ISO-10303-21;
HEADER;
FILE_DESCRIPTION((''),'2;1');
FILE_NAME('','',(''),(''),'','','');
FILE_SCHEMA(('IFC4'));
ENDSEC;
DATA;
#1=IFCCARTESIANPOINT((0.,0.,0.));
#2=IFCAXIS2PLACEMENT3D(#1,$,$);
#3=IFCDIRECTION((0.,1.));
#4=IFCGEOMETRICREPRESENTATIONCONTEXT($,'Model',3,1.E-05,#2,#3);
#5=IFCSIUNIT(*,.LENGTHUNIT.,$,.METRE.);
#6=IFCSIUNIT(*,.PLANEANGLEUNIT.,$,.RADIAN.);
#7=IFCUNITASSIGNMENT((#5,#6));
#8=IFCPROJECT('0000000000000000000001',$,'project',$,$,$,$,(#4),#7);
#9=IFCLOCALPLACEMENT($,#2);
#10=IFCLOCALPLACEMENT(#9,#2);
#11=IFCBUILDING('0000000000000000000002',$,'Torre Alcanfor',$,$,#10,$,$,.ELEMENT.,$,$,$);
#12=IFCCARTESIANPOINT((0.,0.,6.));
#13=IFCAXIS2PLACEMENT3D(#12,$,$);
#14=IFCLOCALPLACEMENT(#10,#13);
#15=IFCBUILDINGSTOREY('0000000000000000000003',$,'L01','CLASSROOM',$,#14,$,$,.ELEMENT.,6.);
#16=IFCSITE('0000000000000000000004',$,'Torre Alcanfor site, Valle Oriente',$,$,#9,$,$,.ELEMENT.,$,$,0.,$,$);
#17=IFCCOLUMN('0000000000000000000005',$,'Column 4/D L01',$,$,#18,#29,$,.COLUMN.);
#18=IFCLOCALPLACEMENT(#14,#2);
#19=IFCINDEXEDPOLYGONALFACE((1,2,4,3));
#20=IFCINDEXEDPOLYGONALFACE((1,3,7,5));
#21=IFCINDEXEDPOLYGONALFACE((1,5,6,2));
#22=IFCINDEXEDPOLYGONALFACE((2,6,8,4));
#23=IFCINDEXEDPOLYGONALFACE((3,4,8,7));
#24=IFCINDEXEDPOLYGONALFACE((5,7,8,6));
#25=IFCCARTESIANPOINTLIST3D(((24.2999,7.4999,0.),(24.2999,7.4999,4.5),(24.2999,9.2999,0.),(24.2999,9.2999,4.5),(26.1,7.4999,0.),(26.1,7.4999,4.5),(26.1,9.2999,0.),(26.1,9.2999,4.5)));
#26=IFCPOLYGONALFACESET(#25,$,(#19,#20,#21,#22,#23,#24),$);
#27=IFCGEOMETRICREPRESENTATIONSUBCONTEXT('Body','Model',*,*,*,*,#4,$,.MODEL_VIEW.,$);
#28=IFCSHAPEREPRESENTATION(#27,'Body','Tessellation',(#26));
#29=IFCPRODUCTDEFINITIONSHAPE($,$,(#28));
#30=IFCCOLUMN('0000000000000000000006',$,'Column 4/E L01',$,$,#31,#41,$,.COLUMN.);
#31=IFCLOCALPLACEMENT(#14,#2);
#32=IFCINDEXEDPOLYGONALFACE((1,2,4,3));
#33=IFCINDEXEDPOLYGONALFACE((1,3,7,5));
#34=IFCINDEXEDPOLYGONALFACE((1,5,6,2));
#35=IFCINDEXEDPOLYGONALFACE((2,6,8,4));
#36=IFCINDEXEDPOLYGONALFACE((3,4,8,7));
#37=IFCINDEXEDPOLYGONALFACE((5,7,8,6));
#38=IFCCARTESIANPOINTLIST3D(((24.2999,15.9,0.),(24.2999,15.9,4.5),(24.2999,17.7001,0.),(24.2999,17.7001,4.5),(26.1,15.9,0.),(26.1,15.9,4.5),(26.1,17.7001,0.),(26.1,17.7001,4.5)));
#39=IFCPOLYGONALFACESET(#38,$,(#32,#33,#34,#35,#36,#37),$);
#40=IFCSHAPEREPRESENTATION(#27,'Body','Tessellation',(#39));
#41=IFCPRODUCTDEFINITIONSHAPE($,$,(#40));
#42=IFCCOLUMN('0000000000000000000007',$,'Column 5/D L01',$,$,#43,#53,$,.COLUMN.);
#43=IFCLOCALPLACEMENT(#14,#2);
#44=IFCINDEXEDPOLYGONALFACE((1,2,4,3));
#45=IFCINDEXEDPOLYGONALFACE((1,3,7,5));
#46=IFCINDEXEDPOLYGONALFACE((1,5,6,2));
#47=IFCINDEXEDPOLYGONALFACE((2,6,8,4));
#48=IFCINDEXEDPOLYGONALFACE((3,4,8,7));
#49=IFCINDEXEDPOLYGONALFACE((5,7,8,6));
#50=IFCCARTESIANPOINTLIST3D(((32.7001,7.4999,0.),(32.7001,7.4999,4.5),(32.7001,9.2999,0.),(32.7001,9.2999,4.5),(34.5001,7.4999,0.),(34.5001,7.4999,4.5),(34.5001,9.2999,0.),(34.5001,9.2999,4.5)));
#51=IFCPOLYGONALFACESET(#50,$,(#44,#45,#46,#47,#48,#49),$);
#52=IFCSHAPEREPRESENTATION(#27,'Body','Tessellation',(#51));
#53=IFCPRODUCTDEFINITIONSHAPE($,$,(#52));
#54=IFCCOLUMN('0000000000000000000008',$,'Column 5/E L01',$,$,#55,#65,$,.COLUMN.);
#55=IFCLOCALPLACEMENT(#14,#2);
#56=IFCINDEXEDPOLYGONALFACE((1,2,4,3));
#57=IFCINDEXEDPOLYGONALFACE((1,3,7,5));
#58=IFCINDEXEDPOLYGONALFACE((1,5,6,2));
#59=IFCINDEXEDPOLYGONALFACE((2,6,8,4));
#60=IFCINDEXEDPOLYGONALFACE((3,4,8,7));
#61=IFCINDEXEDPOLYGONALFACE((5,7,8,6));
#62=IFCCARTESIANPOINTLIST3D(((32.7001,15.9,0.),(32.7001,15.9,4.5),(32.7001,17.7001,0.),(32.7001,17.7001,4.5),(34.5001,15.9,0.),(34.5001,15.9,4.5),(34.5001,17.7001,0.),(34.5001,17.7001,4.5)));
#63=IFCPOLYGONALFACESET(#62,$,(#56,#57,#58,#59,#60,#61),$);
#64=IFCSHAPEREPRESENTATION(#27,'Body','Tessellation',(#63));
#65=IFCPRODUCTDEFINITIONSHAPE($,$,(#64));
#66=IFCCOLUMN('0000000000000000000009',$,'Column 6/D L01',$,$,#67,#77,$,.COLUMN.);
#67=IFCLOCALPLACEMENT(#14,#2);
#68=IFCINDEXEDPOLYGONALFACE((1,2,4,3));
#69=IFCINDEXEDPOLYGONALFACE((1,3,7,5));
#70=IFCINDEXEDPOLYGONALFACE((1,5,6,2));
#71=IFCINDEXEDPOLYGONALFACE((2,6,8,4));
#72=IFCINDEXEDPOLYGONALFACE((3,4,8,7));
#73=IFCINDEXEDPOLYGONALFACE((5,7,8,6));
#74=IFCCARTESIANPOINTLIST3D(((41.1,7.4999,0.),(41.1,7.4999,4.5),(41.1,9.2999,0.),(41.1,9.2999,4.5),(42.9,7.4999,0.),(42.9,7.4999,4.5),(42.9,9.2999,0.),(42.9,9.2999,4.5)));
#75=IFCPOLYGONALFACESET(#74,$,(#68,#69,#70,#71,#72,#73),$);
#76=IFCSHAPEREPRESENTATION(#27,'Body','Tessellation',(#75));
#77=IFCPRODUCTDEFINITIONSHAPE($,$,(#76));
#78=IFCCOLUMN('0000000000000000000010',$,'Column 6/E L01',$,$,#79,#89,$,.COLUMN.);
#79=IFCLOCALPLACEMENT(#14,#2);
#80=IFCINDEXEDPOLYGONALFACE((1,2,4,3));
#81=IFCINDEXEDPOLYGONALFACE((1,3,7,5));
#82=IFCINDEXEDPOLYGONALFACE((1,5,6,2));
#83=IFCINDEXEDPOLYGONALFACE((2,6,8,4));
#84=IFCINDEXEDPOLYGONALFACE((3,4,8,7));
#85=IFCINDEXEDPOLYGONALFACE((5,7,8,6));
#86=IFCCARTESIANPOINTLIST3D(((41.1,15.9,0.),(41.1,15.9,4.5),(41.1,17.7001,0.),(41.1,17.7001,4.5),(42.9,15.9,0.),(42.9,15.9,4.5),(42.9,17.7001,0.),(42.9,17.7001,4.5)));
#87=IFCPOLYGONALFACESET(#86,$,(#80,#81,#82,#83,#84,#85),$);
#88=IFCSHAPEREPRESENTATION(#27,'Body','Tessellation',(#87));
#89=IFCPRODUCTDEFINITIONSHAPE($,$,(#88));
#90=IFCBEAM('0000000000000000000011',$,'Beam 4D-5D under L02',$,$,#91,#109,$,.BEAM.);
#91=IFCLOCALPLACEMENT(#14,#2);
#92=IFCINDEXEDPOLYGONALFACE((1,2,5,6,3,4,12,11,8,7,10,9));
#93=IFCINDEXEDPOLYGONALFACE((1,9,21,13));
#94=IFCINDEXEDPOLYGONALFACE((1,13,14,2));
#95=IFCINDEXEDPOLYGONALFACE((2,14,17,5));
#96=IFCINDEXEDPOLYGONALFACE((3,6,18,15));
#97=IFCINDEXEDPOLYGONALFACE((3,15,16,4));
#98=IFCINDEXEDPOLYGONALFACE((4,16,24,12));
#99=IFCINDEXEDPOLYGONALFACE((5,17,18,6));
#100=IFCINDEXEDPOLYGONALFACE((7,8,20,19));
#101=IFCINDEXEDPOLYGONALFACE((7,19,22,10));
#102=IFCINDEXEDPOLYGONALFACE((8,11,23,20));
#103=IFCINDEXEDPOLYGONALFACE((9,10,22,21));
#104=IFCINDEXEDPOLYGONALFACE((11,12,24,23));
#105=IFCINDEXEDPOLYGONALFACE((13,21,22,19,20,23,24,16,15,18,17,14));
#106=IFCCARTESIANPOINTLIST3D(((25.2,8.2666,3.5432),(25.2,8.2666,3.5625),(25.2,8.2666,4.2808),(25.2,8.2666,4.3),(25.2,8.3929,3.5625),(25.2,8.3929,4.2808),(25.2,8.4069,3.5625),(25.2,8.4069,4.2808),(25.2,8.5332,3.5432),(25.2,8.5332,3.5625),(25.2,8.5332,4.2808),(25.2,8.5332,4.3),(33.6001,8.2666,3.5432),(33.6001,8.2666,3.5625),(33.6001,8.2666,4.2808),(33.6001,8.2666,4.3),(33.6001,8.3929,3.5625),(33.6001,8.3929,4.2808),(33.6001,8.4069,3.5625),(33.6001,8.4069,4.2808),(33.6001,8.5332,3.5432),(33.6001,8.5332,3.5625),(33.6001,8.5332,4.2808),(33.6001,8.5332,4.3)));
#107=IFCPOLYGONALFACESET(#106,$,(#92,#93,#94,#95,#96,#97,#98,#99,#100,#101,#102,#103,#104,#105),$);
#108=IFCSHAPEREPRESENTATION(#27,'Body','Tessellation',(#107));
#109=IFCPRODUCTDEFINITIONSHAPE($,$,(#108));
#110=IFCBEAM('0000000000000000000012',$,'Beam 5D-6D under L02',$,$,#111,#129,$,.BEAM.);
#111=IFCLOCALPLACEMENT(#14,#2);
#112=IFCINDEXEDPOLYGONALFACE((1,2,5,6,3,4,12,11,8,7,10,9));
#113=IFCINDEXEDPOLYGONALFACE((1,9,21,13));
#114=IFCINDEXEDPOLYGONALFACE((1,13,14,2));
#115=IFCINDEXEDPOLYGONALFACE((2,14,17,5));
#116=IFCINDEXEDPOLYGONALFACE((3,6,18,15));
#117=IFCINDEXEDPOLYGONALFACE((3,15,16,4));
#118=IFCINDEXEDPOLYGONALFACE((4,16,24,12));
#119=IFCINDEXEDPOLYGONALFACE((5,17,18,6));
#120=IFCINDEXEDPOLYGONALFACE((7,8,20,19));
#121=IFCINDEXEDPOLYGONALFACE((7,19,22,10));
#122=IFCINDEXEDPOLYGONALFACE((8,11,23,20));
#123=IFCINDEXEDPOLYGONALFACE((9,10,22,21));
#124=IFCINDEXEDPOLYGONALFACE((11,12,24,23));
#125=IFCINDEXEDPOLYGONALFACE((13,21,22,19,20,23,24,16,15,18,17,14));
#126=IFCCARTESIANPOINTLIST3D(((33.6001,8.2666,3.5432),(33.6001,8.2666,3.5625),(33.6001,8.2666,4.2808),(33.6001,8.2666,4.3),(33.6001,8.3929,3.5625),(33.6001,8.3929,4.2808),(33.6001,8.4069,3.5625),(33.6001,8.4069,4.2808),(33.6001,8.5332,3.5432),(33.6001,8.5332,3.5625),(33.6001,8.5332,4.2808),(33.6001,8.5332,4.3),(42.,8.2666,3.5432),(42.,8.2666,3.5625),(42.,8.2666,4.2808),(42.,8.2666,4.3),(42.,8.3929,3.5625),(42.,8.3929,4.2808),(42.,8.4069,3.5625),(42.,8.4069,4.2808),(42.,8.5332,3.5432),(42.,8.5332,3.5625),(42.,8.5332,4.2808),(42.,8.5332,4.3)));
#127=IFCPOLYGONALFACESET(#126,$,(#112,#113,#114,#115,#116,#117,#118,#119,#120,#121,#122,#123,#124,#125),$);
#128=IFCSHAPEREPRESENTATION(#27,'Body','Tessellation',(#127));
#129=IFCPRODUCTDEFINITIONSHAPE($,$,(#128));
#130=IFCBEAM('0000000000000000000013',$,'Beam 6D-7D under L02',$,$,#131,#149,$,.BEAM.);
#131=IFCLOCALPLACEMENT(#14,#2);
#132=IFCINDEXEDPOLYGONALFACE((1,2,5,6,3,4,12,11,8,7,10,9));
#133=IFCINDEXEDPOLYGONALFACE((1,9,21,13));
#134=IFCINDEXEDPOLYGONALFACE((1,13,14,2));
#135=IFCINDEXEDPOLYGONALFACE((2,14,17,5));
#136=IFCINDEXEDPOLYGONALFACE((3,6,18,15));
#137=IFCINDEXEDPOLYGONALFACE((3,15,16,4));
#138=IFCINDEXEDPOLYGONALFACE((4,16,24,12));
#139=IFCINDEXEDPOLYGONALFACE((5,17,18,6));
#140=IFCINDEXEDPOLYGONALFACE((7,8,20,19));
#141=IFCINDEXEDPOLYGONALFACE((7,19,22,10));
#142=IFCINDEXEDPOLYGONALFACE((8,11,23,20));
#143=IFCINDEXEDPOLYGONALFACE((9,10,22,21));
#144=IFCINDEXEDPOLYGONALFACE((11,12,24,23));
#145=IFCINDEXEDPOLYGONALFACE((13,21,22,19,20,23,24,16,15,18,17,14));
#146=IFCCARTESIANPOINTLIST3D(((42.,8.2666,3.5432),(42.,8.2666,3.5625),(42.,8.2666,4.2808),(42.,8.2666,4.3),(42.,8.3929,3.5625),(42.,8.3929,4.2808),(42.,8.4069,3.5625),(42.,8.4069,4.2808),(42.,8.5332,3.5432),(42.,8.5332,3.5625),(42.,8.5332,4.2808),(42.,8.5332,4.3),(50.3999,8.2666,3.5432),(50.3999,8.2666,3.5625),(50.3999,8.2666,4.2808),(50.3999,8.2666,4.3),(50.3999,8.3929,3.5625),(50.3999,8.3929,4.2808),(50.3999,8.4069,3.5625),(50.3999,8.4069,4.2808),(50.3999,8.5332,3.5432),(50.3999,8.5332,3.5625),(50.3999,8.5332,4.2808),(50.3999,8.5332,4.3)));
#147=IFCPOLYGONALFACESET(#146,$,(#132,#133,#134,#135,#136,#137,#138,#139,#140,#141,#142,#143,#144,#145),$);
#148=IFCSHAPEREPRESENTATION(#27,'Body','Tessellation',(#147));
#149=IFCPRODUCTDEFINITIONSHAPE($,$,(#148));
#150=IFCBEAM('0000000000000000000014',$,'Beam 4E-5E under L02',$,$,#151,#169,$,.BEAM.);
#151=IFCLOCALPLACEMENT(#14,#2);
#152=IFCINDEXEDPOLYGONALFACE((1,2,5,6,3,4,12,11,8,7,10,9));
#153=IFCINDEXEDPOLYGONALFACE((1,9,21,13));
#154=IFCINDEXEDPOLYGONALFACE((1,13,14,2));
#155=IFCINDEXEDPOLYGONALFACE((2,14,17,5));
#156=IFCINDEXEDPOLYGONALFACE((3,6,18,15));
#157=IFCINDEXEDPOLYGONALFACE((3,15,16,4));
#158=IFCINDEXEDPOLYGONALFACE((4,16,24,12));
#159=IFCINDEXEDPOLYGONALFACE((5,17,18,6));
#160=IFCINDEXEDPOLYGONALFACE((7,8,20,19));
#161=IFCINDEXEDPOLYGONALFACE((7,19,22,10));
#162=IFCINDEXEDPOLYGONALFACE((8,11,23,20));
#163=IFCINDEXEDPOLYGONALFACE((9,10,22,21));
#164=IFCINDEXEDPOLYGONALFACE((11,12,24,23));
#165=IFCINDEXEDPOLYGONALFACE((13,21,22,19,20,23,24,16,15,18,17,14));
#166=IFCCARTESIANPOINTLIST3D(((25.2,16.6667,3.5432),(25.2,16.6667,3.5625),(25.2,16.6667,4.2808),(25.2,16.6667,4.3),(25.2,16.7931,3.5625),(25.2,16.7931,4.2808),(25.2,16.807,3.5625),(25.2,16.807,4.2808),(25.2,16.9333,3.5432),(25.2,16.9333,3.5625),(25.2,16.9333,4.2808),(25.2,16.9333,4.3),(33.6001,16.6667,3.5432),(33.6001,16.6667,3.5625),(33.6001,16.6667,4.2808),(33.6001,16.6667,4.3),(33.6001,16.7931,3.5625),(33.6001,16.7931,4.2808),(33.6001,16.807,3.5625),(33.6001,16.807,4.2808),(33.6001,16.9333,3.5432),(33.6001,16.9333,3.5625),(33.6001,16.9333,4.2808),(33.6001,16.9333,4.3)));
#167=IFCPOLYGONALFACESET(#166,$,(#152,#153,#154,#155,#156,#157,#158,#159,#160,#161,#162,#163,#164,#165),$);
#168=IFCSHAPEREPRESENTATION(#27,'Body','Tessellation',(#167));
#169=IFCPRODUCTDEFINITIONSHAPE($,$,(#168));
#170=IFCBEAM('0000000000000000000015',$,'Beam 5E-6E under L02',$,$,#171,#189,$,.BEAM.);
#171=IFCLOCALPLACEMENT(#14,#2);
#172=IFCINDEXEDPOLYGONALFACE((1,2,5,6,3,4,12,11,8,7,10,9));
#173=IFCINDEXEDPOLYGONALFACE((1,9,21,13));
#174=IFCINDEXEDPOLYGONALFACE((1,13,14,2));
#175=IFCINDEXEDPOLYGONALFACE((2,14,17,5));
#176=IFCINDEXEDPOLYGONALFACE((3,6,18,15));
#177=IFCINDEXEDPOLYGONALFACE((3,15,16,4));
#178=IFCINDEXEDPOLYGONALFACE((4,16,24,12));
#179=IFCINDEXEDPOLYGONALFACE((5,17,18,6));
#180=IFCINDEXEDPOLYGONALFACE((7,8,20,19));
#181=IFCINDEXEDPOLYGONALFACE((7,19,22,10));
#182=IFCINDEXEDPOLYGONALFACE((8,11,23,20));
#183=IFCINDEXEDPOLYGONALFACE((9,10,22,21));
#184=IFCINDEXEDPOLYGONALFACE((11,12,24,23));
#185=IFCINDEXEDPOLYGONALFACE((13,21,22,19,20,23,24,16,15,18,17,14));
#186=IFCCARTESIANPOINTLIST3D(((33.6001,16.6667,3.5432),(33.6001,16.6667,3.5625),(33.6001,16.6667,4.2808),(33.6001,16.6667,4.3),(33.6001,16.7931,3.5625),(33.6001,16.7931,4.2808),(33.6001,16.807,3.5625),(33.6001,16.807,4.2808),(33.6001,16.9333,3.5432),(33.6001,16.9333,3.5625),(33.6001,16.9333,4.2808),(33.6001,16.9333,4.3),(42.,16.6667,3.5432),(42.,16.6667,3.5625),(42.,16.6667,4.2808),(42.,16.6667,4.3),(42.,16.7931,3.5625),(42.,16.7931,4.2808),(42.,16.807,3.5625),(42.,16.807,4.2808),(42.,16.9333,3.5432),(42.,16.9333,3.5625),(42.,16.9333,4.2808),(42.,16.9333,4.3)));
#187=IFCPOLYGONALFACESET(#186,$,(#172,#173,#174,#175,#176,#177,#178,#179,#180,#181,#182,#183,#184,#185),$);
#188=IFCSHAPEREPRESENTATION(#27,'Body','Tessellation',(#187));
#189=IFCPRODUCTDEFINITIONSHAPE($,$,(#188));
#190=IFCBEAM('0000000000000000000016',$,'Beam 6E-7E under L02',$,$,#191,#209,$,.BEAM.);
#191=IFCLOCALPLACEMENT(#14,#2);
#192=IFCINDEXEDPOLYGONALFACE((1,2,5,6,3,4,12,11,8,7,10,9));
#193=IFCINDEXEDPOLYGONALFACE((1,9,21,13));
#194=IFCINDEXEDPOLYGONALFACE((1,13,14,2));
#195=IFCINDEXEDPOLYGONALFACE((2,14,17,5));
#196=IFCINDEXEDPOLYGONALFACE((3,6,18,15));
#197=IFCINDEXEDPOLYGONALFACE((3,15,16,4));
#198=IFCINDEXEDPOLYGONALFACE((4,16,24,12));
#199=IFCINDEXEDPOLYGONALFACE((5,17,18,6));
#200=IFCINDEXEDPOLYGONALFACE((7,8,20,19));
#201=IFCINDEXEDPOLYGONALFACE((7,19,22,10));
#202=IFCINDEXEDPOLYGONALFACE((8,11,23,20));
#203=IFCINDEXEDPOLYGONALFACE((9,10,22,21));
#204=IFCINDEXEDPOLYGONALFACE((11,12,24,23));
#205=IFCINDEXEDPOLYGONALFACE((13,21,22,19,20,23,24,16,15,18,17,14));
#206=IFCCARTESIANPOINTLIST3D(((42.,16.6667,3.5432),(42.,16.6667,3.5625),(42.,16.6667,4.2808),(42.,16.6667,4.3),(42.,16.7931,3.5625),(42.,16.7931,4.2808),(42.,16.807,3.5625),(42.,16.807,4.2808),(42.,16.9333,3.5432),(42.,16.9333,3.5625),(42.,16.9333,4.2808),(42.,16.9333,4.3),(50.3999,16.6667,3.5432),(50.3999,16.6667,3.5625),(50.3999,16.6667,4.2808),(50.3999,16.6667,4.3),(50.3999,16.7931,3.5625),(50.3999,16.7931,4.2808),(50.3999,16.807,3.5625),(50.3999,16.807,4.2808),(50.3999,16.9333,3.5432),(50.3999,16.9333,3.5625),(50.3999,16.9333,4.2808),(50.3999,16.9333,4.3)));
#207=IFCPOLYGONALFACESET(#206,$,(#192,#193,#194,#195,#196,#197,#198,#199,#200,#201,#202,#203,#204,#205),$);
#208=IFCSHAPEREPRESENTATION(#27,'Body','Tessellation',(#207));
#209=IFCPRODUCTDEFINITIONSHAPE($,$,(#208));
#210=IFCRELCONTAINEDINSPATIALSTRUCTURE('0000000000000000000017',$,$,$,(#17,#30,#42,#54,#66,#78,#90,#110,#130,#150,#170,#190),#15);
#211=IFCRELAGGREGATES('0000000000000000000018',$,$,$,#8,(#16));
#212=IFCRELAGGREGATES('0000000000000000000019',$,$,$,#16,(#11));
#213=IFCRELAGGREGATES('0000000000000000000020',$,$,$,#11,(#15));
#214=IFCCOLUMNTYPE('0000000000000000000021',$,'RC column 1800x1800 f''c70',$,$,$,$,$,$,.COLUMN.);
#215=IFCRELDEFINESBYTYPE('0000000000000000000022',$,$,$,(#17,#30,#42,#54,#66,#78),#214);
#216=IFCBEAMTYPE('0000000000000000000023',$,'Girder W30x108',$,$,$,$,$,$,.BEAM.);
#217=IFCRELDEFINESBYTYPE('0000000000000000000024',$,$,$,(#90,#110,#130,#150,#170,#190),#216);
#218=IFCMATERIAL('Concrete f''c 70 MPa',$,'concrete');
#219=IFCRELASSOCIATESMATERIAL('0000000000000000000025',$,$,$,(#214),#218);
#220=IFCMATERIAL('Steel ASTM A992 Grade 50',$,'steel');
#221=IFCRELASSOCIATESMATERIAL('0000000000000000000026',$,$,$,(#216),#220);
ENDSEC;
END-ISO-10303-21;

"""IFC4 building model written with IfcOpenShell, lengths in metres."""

from ifc_helpers import new_model, si_unit, direction, frame, origin, origin_2d, place, context, subcontext, project, spatial, rectangle, i_section, extrude, material, material_profile, profile_set, type_object, element, save


model = new_model("IFC4")

# Units and contexts
model_context = context("Model", 3, precision=1e-05, world=origin(), true_north=direction((0.0, 1.0)))
body_context = subcontext(model_context, "Body", "Model", "MODEL_VIEW")
ifc_project = project(units=[si_unit("LENGTHUNIT", "METRE"), si_unit("PLANEANGLEUNIT", "RADIAN")], contexts=[model_context])

# Site, building, storey
site_placement = place(None, origin())
site = spatial("IfcSite", under=ifc_project, at=site_placement, Name="Torre Alcanfor site, Valle Oriente", CompositionType="ELEMENT", RefElevation=0.0)
building_placement = place(site_placement, origin())
building = spatial("IfcBuilding", under=site, at=building_placement, Name="Torre Alcanfor", CompositionType="ELEMENT")
storey_placement = place(building_placement, frame((0.0, 0.0, 6.0)))
storey = spatial("IfcBuildingStorey", under=building, at=storey_placement, Name="L01", Description="CLASSROOM", CompositionType="ELEMENT", Elevation=6.0)

# Columns
ifc_material_1 = material(Name="Concrete f'c 70 MPa", Category="concrete")
ifc_material_profile_1 = material_profile(ifc_material_1, rectangle(XDim=1.8, YDim=1.8, at=origin_2d()), Name="1800x1800")
ifc_profile_set_1 = profile_set([ifc_material_profile_1], Name="Concrete f'c 70 MPa")
column_type = type_object("IfcColumnType", Name="RC column 1800x1800 f'c70", PredefinedType="COLUMN", material=ifc_profile_set_1)
for number, where, z_axis, x_axis, name in (
    (1, (25.2, 8.3999, 0.0), (0.0, 0.0, 1.0), (1.0, 0.0, 0.0), "Column 4/D L01"),
    (2, (25.2, 16.8, 0.0), (0.0, 0.0, 1.0), (1.0, 0.0, 0.0), "Column 4/E L01"),
    (3, (33.6001, 8.3999, 0.0), (0.0, 0.0, 1.0), (1.0, 0.0, 0.0), "Column 5/D L01"),
    (4, (33.6001, 16.8, 0.0), (0.0, 0.0, 1.0), (1.0, 0.0, 0.0), "Column 5/E L01"),
    (5, (42.0, 8.3999, 0.0), (0.0, 0.0, 1.0), (1.0, 0.0, 0.0), "Column 6/D L01"),
    (6, (42.0, 16.8, 0.0), (0.0, 0.0, 1.0), (1.0, 0.0, 0.0), "Column 6/E L01"),
):
    element("IfcColumn", number, at=place(storey_placement, frame(where, z_axis=z_axis, x_axis=x_axis)), inside=storey, type_object=column_type, Name=name, PredefinedType="COLUMN", context=body_context, shape_type="SweptSolid", body=[
        extrude(rectangle(XDim=1.8, YDim=1.8, at=origin_2d()), origin(), (0.0, 0.0, 1.0), 4.5),
    ])

# Beams
ifc_material_2 = material(Name="Steel ASTM A992 Grade 50", Category="steel")
ifc_material_profile_2 = material_profile(ifc_material_2, i_section(OverallWidth=0.2666, OverallDepth=0.7568, WebThickness=0.0139, FlangeThickness=0.0193, at=origin_2d()), Name="W30x108")
ifc_profile_set_2 = profile_set([ifc_material_profile_2], Name="Steel ASTM A992 Grade 50")
beam_type_1 = type_object("IfcBeamType", Name="Girder W30x108", PredefinedType="BEAM", material=ifc_profile_set_2)
beam_1_placement = place(storey_placement, frame((25.2, 8.3999, 3.9216), z_axis=(1.0, 0.0, 0.0), x_axis=(0.0, 1.0, 0.0)))
element("IfcBeam", 7, at=beam_1_placement, inside=storey, type_object=beam_type_1, Name="Beam 4D-5D under L02", PredefinedType="BEAM", context=body_context, shape_type="SweptSolid", body=[
    extrude(i_section(OverallWidth=0.2666, OverallDepth=0.7568, WebThickness=0.0139, FlangeThickness=0.0193, at=origin_2d()), origin(), (0.0, 0.0, 1.0), 8.4001),
])
for number, where, z_axis, x_axis, name in (
    (8, (33.6001, 8.3999, 3.9216), (1.0, 0.0, 0.0), (0.0, 1.0, 0.0), "Beam 5D-6D under L02"),
    (9, (42.0, 8.3999, 3.9216), (1.0, 0.0, 0.0), (0.0, 1.0, 0.0), "Beam 6D-7D under L02"),
):
    element("IfcBeam", number, at=place(storey_placement, frame(where, z_axis=z_axis, x_axis=x_axis)), inside=storey, type_object=beam_type_1, Name=name, PredefinedType="BEAM", context=body_context, shape_type="SweptSolid", body=[
        extrude(i_section(OverallWidth=0.2666, OverallDepth=0.7568, WebThickness=0.0139, FlangeThickness=0.0193, at=origin_2d()), origin(), (0.0, 0.0, 1.0), 8.3999),
    ])
beam_2_placement = place(storey_placement, frame((25.2, 16.8, 3.9216), z_axis=(1.0, 0.0, 0.0), x_axis=(0.0, 1.0, 0.0)))
element("IfcBeam", 10, at=beam_2_placement, inside=storey, type_object=beam_type_1, Name="Beam 4E-5E under L02", PredefinedType="BEAM", context=body_context, shape_type="SweptSolid", body=[
    extrude(i_section(OverallWidth=0.2666, OverallDepth=0.7568, WebThickness=0.0139, FlangeThickness=0.0193, at=origin_2d()), origin(), (0.0, 0.0, 1.0), 8.4001),
])
for number, where, z_axis, x_axis, name in (
    (11, (33.6001, 16.8, 3.9216), (1.0, 0.0, 0.0), (0.0, 1.0, 0.0), "Beam 5E-6E under L02"),
    (12, (42.0, 16.8, 3.9216), (1.0, 0.0, 0.0), (0.0, 1.0, 0.0), "Beam 6E-7E under L02"),
):
    element("IfcBeam", number, at=place(storey_placement, frame(where, z_axis=z_axis, x_axis=x_axis)), inside=storey, type_object=beam_type_1, Name=name, PredefinedType="BEAM", context=body_context, shape_type="SweptSolid", body=[
        extrude(i_section(OverallWidth=0.2666, OverallDepth=0.7568, WebThickness=0.0139, FlangeThickness=0.0193, at=origin_2d()), origin(), (0.0, 0.0, 1.0), 8.3999),
    ])

save(model, "model.ifc")
